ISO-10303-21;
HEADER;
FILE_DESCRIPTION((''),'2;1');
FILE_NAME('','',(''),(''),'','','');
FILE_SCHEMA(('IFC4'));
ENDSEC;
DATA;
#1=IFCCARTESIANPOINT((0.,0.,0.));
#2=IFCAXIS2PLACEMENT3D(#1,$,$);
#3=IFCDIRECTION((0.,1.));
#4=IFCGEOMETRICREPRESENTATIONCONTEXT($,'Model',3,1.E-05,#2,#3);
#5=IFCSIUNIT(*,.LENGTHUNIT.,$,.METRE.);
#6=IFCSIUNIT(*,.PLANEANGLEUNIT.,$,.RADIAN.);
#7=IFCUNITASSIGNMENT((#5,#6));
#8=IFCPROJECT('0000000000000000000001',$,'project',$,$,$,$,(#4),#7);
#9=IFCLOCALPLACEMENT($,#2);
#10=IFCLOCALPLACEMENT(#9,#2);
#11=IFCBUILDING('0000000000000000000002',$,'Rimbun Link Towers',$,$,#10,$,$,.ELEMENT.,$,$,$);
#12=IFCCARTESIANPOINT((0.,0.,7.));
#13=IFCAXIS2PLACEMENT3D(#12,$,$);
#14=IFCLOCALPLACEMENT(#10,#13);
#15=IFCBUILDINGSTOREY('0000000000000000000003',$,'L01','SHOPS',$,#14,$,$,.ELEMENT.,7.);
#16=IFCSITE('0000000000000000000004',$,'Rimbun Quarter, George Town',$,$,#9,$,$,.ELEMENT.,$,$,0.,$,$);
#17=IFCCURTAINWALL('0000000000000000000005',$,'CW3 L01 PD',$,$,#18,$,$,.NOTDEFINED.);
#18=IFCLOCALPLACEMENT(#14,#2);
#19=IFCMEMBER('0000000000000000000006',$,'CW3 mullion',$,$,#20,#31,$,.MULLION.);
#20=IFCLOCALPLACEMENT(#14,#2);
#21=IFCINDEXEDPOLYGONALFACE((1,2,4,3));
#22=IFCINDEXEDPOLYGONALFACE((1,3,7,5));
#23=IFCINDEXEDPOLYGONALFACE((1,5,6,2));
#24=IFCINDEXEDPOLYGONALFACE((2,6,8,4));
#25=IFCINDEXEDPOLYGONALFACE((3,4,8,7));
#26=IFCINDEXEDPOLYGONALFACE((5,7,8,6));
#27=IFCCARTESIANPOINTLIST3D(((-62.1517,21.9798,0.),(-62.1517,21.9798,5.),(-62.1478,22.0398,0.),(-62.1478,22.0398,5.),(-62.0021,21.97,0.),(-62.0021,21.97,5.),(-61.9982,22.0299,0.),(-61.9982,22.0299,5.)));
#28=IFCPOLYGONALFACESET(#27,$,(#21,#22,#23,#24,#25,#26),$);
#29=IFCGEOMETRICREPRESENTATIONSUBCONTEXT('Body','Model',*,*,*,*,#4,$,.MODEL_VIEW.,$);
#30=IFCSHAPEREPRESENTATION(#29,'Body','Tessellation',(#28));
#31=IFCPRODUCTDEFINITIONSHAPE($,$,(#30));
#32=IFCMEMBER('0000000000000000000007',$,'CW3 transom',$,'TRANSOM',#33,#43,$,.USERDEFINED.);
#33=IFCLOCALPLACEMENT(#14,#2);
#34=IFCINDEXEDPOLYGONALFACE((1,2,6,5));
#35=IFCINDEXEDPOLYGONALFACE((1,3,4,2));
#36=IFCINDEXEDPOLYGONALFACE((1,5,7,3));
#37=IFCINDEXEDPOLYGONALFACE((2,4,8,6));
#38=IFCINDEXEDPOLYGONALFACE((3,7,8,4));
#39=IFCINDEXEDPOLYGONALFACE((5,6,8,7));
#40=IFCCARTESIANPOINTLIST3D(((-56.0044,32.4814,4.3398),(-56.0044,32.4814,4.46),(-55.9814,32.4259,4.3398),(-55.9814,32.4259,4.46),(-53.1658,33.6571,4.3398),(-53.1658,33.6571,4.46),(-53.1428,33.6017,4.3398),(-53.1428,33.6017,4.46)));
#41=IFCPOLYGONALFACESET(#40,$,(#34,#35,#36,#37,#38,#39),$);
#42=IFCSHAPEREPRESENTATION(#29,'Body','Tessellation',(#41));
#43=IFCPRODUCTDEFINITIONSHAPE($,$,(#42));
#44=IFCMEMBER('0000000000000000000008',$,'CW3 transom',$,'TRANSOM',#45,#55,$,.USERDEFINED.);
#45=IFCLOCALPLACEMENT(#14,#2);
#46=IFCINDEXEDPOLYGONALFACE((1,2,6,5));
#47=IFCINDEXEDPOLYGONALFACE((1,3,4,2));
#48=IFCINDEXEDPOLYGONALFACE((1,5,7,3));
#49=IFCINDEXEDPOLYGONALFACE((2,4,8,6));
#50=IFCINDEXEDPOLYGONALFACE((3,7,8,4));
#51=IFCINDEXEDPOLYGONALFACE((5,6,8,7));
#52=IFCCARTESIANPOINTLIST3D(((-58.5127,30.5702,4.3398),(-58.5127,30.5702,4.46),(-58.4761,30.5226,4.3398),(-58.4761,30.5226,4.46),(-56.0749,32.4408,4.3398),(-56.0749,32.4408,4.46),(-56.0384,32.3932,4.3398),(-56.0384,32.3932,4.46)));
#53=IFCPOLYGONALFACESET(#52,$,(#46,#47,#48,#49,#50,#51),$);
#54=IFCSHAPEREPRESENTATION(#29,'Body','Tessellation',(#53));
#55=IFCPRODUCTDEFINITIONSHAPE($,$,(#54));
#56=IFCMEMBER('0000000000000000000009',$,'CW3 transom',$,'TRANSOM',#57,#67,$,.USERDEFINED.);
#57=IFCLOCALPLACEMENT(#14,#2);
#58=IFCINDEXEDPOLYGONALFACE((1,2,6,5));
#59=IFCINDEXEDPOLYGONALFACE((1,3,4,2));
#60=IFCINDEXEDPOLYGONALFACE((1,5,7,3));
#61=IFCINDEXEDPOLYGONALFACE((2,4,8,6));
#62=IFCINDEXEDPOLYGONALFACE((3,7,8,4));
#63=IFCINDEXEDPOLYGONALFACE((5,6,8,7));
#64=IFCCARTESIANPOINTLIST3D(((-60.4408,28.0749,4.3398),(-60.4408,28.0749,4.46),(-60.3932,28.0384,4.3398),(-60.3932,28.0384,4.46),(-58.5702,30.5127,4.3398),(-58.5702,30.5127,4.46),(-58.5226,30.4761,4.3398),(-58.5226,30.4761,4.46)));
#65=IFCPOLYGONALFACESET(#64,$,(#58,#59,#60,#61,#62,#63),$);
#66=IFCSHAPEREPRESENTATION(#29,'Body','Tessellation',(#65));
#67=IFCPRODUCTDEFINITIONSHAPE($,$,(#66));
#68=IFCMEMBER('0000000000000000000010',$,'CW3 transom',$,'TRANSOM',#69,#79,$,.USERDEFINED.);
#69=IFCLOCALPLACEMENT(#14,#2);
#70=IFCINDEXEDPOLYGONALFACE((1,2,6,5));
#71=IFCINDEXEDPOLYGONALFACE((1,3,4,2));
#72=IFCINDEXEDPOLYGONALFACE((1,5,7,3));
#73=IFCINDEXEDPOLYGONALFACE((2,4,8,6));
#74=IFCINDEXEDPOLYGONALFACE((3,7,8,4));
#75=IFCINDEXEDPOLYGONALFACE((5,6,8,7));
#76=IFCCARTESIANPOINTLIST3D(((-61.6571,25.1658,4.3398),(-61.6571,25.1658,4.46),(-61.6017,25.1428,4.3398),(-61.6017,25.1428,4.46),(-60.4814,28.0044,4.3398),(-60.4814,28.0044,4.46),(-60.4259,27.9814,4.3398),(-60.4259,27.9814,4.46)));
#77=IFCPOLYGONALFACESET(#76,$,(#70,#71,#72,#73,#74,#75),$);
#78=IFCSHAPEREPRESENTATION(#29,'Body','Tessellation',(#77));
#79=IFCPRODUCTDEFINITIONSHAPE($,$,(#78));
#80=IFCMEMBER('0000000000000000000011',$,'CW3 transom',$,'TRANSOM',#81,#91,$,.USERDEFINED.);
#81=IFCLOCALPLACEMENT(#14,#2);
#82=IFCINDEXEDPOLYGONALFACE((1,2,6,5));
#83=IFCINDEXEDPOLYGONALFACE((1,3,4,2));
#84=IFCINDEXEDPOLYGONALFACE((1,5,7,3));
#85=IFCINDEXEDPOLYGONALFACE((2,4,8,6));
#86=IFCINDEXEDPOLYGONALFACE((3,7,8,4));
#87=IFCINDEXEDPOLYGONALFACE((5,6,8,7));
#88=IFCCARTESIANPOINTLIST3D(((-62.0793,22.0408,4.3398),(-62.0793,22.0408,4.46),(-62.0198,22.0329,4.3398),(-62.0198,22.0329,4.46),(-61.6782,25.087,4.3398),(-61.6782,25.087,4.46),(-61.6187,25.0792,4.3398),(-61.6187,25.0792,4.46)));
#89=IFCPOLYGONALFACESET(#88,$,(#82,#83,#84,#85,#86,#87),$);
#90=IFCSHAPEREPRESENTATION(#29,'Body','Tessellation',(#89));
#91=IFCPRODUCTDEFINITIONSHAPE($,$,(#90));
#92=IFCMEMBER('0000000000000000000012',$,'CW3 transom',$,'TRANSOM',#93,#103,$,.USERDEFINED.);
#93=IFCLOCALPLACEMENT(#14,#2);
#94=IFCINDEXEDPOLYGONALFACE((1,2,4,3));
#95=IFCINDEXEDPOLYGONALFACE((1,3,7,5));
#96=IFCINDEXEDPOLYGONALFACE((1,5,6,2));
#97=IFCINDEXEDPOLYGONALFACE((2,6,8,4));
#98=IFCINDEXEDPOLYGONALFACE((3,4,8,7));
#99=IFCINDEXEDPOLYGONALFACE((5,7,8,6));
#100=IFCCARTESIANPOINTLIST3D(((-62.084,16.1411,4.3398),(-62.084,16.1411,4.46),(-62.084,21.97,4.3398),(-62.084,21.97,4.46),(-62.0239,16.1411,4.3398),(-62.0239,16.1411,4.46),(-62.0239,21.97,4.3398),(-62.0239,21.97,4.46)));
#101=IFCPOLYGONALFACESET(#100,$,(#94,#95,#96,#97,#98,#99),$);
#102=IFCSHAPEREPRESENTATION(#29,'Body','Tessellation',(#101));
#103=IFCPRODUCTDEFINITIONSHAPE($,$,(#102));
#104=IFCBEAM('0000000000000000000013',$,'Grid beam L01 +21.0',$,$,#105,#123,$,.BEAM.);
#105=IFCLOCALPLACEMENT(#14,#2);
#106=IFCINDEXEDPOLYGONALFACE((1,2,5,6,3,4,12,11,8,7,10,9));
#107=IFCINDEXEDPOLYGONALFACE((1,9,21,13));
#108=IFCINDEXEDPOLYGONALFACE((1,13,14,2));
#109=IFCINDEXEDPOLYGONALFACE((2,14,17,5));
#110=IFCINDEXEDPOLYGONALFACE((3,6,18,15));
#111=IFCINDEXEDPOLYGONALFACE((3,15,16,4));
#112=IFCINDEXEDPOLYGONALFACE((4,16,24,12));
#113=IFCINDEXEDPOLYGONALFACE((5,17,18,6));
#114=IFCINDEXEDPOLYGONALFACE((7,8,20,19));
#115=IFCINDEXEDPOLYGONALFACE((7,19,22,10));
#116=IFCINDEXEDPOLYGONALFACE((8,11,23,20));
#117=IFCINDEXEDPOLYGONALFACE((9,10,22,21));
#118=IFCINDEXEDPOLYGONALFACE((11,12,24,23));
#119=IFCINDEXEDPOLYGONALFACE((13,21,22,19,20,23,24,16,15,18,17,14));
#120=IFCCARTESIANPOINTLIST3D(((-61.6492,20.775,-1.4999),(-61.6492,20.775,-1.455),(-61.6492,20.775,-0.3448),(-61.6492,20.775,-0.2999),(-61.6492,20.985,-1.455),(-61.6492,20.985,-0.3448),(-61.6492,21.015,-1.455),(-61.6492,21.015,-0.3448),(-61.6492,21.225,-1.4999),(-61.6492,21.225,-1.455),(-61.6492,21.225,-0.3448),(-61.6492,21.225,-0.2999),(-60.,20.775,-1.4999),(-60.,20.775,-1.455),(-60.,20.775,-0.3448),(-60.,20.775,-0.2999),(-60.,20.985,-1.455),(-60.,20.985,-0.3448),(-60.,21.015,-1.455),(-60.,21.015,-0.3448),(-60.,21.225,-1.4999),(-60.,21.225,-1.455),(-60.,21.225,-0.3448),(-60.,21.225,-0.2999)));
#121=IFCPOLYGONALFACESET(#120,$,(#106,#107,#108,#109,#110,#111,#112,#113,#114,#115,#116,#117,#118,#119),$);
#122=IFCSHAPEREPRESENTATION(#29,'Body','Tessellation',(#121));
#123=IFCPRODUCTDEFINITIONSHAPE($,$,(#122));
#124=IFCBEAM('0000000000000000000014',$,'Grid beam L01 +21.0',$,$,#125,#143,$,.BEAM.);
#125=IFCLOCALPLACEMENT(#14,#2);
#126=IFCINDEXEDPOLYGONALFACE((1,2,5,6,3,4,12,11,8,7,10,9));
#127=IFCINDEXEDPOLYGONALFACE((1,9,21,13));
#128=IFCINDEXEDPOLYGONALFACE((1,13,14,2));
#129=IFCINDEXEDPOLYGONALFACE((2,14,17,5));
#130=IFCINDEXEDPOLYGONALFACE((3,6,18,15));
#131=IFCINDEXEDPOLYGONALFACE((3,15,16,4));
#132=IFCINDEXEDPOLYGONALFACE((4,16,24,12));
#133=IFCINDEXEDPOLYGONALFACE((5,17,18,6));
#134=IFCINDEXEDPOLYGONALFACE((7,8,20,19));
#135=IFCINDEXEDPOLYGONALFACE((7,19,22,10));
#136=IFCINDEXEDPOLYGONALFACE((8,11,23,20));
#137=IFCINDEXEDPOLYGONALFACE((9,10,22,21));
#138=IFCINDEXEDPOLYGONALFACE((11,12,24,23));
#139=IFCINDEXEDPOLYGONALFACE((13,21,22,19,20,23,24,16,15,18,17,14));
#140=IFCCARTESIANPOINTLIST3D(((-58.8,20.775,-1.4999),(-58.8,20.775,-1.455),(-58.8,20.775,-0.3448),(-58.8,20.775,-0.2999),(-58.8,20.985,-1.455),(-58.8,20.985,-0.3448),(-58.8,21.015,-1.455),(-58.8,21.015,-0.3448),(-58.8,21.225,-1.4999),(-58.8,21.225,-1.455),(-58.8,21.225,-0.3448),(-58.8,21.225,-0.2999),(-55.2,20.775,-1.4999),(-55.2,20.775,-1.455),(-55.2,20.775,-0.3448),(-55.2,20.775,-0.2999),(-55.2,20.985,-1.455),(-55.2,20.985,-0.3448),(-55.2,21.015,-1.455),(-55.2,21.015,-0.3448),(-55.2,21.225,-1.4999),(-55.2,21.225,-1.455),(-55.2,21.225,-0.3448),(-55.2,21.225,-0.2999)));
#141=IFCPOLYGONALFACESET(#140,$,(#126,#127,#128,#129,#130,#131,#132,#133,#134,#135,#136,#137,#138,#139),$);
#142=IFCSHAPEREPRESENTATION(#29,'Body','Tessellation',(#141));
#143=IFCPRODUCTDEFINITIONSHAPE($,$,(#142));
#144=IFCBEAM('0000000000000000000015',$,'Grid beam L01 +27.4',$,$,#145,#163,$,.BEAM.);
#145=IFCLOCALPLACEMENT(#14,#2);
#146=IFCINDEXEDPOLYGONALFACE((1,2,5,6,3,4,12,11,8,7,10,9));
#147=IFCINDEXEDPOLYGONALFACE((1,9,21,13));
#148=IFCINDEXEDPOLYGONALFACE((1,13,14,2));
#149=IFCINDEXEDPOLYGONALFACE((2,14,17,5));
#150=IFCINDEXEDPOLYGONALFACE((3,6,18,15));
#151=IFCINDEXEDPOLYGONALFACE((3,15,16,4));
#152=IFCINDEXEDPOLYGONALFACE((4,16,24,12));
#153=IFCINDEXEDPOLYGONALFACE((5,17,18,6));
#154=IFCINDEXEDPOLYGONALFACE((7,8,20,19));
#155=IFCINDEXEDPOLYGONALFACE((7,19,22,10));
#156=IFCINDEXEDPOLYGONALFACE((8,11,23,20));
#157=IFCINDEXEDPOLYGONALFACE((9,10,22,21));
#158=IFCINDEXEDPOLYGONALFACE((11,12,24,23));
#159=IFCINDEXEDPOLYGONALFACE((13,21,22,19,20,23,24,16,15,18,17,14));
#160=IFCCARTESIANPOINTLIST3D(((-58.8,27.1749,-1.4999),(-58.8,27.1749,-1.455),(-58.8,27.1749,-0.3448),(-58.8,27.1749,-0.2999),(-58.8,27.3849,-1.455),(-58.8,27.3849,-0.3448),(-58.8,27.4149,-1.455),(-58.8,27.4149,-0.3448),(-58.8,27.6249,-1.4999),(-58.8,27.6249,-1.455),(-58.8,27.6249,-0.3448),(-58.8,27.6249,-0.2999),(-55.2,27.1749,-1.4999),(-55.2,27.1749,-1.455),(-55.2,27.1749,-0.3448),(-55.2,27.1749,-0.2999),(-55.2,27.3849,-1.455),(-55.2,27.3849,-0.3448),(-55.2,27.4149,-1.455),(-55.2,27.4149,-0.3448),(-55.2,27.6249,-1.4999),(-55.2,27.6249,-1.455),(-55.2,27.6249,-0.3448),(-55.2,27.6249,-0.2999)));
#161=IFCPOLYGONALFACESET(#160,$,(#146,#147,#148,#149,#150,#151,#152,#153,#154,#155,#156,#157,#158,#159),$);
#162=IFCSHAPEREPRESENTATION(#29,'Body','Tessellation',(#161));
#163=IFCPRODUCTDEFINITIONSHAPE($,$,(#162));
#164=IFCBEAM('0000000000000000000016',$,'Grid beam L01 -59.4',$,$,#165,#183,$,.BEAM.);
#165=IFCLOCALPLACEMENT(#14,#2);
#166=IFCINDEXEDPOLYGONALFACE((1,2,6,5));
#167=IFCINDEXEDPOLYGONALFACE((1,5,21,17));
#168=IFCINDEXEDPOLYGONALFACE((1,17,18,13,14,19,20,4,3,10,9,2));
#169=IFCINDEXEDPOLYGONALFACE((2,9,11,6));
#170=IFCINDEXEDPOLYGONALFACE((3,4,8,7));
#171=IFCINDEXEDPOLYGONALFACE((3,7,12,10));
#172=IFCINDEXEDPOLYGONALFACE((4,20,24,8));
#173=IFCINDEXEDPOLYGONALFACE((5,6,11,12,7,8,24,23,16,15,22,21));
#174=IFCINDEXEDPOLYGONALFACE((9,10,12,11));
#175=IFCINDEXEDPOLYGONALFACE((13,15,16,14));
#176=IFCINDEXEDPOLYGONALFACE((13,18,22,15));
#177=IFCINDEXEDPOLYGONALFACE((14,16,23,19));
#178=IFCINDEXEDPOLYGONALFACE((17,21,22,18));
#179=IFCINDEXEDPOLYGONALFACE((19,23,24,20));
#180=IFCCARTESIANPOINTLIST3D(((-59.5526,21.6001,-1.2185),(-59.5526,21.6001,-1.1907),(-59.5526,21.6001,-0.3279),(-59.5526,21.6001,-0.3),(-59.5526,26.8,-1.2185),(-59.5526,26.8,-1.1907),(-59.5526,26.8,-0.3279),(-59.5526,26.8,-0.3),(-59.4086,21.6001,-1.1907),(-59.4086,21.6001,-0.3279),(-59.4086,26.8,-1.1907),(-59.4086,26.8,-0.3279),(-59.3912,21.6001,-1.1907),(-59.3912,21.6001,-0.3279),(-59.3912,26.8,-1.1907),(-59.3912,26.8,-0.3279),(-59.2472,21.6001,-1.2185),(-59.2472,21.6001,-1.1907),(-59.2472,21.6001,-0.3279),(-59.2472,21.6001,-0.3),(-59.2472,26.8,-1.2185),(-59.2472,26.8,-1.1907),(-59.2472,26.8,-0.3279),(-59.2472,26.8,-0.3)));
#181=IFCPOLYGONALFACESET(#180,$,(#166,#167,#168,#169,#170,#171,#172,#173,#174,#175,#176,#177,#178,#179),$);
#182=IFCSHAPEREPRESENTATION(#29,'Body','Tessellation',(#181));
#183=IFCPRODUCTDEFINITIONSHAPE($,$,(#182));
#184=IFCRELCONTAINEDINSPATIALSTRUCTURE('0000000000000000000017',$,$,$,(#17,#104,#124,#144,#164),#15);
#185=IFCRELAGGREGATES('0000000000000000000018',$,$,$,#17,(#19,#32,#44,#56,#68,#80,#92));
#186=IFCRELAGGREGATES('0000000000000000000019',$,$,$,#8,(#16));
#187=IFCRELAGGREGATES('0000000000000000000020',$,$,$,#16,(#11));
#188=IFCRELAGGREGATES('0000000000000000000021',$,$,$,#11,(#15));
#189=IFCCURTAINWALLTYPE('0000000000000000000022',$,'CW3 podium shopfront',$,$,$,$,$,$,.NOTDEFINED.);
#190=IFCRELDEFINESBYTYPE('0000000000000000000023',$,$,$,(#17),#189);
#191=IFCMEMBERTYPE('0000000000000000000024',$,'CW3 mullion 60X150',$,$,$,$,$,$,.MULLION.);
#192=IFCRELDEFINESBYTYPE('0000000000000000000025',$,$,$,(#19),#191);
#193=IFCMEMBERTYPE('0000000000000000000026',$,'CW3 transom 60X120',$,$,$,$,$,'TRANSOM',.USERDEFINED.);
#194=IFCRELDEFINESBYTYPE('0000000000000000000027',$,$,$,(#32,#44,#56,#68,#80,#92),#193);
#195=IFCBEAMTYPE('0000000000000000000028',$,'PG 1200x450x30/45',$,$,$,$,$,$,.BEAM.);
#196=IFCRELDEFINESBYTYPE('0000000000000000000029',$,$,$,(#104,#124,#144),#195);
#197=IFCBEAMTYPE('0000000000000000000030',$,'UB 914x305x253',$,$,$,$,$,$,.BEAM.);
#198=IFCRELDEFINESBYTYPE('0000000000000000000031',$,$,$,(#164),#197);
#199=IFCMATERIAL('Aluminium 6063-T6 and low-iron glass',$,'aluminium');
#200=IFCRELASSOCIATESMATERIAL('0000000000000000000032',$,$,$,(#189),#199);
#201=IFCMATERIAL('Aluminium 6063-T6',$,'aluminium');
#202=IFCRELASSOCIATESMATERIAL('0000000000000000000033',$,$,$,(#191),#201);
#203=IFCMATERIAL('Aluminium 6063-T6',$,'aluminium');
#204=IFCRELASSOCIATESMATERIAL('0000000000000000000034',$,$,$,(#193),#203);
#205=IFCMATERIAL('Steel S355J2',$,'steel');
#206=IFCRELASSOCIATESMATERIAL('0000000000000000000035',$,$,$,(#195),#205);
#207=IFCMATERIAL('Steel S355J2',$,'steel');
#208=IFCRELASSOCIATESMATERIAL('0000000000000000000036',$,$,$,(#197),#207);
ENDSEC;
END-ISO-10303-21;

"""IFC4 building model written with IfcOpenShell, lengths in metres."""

from ifc_helpers import new_model, si_unit, direction, frame, origin, origin_2d, place, context, subcontext, project, spatial, rectangle, i_section, extrude, material, material_profile, profile_set, type_object, element, aggregate, save


model = new_model("IFC4")

# Units and contexts
model_context = context("Model", 3, precision=1e-05, world=origin(), true_north=direction((0.0, 1.0)))
body_context = subcontext(model_context, "Body", "Model", "MODEL_VIEW")
ifc_project = project(units=[si_unit("LENGTHUNIT", "METRE"), si_unit("PLANEANGLEUNIT", "RADIAN")], contexts=[model_context])

# Site, building, storey
site_placement = place(None, origin())
site = spatial("IfcSite", under=ifc_project, at=site_placement, Name="Rimbun Quarter, George Town", CompositionType="ELEMENT", RefElevation=0.0)
building_placement = place(site_placement, origin())
building = spatial("IfcBuilding", under=site, at=building_placement, Name="Rimbun Link Towers", CompositionType="ELEMENT")
storey_placement = place(building_placement, frame((0.0, 0.0, 7.0)))
storey = spatial("IfcBuildingStorey", under=building, at=storey_placement, Name="L01", Description="SHOPS", CompositionType="ELEMENT", Elevation=7.0)

# Curtain wall, members
ifc_material_1 = material(Name="Aluminium 6063-T6 and low-iron glass", Category="aluminium")
curtain_wall_type = type_object("IfcCurtainWallType", Name="CW3 podium shopfront", PredefinedType="NOTDEFINED", material=ifc_material_1)
curtain_wall_placement = place(storey_placement, origin())
curtain_wall = element("IfcCurtainWall", 1, at=curtain_wall_placement, inside=storey, type_object=curtain_wall_type, Name="CW3 L01 PD", PredefinedType="NOTDEFINED")
ifc_material_2 = material(Name="Aluminium 6063-T6", Category="aluminium")
ifc_material_profile_1 = material_profile(ifc_material_2, rectangle(XDim=0.1499, YDim=0.0601, at=origin_2d()), Name="MULLION 60X150")
ifc_profile_set_1 = profile_set([ifc_material_profile_1], Name="Aluminium 6063-T6")
member_type_1 = type_object("IfcMemberType", Name="CW3 mullion 60X150", PredefinedType="MULLION", material=ifc_profile_set_1)
member_1_placement = place(storey_placement, frame((-62.075, 22.0049, 0.0), z_axis=(0.0, 0.0, 1.0), x_axis=(-0.997859, 0.065405, 0.0)))
member_1 = element("IfcMember", 2, at=member_1_placement, type_object=member_type_1, Name="CW3 mullion", PredefinedType="MULLION", context=body_context, shape_type="SweptSolid", body=[
    extrude(rectangle(XDim=0.1499, YDim=0.0601, at=origin_2d()), origin(), (0.0, 0.0, 1.0), 5.0),
])
ifc_material_3 = material(Name="Aluminium 6063-T6", Category="aluminium")
ifc_material_profile_2 = material_profile(ifc_material_3, rectangle(XDim=0.0601, YDim=0.1201, at=origin_2d()), Name="TRANSOM 60X120")
ifc_profile_set_2 = profile_set([ifc_material_profile_2], Name="Aluminium 6063-T6")
member_type_2 = type_object("IfcMemberType", Name="CW3 transom 60X120", ElementType="TRANSOM", PredefinedType="USERDEFINED", material=ifc_profile_set_2)
member_2_placement = place(storey_placement, frame((-55.9929, 32.4536, 4.3999), z_axis=(0.923881, 0.382679, 0.0), x_axis=(-0.382679, 0.923881, 0.0)))
member_2 = element("IfcMember", 3, at=member_2_placement, type_object=member_type_2, Name="CW3 transom", ObjectType="TRANSOM", PredefinedType="USERDEFINED", context=body_context, shape_type="SweptSolid", body=[
    extrude(rectangle(XDim=0.0601, YDim=0.1201, at=origin_2d()), origin(), (0.0, 0.0, 1.0), 3.0725),
])
member_3_placement = place(storey_placement, frame((-58.4944, 30.5464, 4.3999), z_axis=(0.793344, 0.608773, 0.0), x_axis=(-0.608773, 0.793344, 0.0)))
member_3 = element("IfcMember", 4, at=member_3_placement, type_object=member_type_2, Name="CW3 transom", ObjectType="TRANSOM", PredefinedType="USERDEFINED", context=body_context, shape_type="SweptSolid", body=[
    extrude(rectangle(XDim=0.0601, YDim=0.1201, at=origin_2d()), origin(), (0.0, 0.0, 1.0), 3.0728),
])
member_4_placement = place(storey_placement, frame((-60.417, 28.0566, 4.3999), z_axis=(0.608773, 0.793344, 0.0), x_axis=(-0.793344, 0.608773, 0.0)))
member_4 = element("IfcMember", 5, at=member_4_placement, type_object=member_type_2, Name="CW3 transom", ObjectType="TRANSOM", PredefinedType="USERDEFINED", context=body_context, shape_type="SweptSolid", body=[
    extrude(rectangle(XDim=0.0601, YDim=0.1201, at=origin_2d()), origin(), (0.0, 0.0, 1.0), 3.0728),
])
member_5_placement = place(storey_placement, frame((-61.6294, 25.1543, 4.3999), z_axis=(0.382679, 0.923881, 0.0), x_axis=(-0.923881, 0.382679, 0.0)))
member_5 = element("IfcMember", 6, at=member_5_placement, type_object=member_type_2, Name="CW3 transom", ObjectType="TRANSOM", PredefinedType="USERDEFINED", context=body_context, shape_type="SweptSolid", body=[
    extrude(rectangle(XDim=0.0601, YDim=0.1201, at=origin_2d()), origin(), (0.0, 0.0, 1.0), 3.0725),
])
member_6_placement = place(storey_placement, frame((-62.0496, 22.0369, 4.3999), z_axis=(0.130555, 0.991441, 0.0), x_axis=(-0.991441, 0.130555, 0.0)))
member_6 = element("IfcMember", 7, at=member_6_placement, type_object=member_type_2, Name="CW3 transom", ObjectType="TRANSOM", PredefinedType="USERDEFINED", context=body_context, shape_type="SweptSolid", body=[
    extrude(rectangle(XDim=0.0601, YDim=0.1201, at=origin_2d()), origin(), (0.0, 0.0, 1.0), 3.0725),
])
member_7_placement = place(storey_placement, frame((-62.054, 16.1411, 4.3999), z_axis=(0.0, 1.0, 0.0), x_axis=(-1.0, 0.0, 0.0)))
member_7 = element("IfcMember", 8, at=member_7_placement, type_object=member_type_2, Name="CW3 transom", ObjectType="TRANSOM", PredefinedType="USERDEFINED", context=body_context, shape_type="SweptSolid", body=[
    extrude(rectangle(XDim=0.0601, YDim=0.1201, at=origin_2d()), origin(), (0.0, 0.0, 1.0), 5.8289),
])

# Beams
ifc_material_4 = material(Name="Steel S355J2", Category="steel")
ifc_material_profile_3 = material_profile(ifc_material_4, i_section(OverallWidth=0.45, OverallDepth=1.2, WebThickness=0.03, FlangeThickness=0.0449, at=origin_2d()), Name="PG 1200x450x30/45")
ifc_profile_set_3 = profile_set([ifc_material_profile_3], Name="Steel S355J2")
beam_type_1 = type_object("IfcBeamType", Name="PG 1200x450x30/45", PredefinedType="BEAM", material=ifc_profile_set_3)
beam_1_placement = place(storey_placement, frame((-61.6492, 21.0, -0.8999), z_axis=(1.0, 0.0, 0.0), x_axis=(0.0, 1.0, 0.0)))
element("IfcBeam", 9, at=beam_1_placement, inside=storey, type_object=beam_type_1, Name="Grid beam L01 +21.0", PredefinedType="BEAM", context=body_context, shape_type="SweptSolid", body=[
    extrude(i_section(OverallWidth=0.45, OverallDepth=1.2, WebThickness=0.03, FlangeThickness=0.0449, at=origin_2d()), origin(), (0.0, 0.0, 1.0), 1.6492),
])
for number, where, z_axis, x_axis, name in (
    (10, (-58.8, 21.0, -0.8999), (1.0, 0.0, 0.0), (0.0, 1.0, 0.0), "Grid beam L01 +21.0"),
    (11, (-58.8, 27.3999, -0.8999), (1.0, 0.0, 0.0), (0.0, 1.0, 0.0), "Grid beam L01 +27.4"),
):
    element("IfcBeam", number, at=place(storey_placement, frame(where, z_axis=z_axis, x_axis=x_axis)), inside=storey, type_object=beam_type_1, Name=name, PredefinedType="BEAM", context=body_context, shape_type="SweptSolid", body=[
        extrude(i_section(OverallWidth=0.45, OverallDepth=1.2, WebThickness=0.03, FlangeThickness=0.0449, at=origin_2d()), origin(), (0.0, 0.0, 1.0), 3.6001),
    ])
ifc_material_5 = material(Name="Steel S355J2", Category="steel")
ifc_material_profile_4 = material_profile(ifc_material_5, i_section(OverallWidth=0.3054, OverallDepth=0.9185, WebThickness=0.0173, FlangeThickness=0.0278, at=origin_2d()), Name="UB 914x305x253")
ifc_profile_set_4 = profile_set([ifc_material_profile_4], Name="Steel S355J2")
beam_type_2 = type_object("IfcBeamType", Name="UB 914x305x253", PredefinedType="BEAM", material=ifc_profile_set_4)
beam_2_placement = place(storey_placement, frame((-59.3999, 21.6001, -0.7593), z_axis=(0.0, 1.0, 0.0), x_axis=(-1.0, 0.0, 0.0)))
element("IfcBeam", 12, at=beam_2_placement, inside=storey, type_object=beam_type_2, Name="Grid beam L01 -59.4", PredefinedType="BEAM", context=body_context, shape_type="SweptSolid", body=[
    extrude(i_section(OverallWidth=0.3054, OverallDepth=0.9185, WebThickness=0.0173, FlangeThickness=0.0278, at=origin_2d()), origin(), (0.0, 0.0, 1.0), 5.2),
])

aggregate(curtain_wall, [member_1, member_2, member_3, member_4, member_5, member_6, member_7])

save(model, "model.ifc")
